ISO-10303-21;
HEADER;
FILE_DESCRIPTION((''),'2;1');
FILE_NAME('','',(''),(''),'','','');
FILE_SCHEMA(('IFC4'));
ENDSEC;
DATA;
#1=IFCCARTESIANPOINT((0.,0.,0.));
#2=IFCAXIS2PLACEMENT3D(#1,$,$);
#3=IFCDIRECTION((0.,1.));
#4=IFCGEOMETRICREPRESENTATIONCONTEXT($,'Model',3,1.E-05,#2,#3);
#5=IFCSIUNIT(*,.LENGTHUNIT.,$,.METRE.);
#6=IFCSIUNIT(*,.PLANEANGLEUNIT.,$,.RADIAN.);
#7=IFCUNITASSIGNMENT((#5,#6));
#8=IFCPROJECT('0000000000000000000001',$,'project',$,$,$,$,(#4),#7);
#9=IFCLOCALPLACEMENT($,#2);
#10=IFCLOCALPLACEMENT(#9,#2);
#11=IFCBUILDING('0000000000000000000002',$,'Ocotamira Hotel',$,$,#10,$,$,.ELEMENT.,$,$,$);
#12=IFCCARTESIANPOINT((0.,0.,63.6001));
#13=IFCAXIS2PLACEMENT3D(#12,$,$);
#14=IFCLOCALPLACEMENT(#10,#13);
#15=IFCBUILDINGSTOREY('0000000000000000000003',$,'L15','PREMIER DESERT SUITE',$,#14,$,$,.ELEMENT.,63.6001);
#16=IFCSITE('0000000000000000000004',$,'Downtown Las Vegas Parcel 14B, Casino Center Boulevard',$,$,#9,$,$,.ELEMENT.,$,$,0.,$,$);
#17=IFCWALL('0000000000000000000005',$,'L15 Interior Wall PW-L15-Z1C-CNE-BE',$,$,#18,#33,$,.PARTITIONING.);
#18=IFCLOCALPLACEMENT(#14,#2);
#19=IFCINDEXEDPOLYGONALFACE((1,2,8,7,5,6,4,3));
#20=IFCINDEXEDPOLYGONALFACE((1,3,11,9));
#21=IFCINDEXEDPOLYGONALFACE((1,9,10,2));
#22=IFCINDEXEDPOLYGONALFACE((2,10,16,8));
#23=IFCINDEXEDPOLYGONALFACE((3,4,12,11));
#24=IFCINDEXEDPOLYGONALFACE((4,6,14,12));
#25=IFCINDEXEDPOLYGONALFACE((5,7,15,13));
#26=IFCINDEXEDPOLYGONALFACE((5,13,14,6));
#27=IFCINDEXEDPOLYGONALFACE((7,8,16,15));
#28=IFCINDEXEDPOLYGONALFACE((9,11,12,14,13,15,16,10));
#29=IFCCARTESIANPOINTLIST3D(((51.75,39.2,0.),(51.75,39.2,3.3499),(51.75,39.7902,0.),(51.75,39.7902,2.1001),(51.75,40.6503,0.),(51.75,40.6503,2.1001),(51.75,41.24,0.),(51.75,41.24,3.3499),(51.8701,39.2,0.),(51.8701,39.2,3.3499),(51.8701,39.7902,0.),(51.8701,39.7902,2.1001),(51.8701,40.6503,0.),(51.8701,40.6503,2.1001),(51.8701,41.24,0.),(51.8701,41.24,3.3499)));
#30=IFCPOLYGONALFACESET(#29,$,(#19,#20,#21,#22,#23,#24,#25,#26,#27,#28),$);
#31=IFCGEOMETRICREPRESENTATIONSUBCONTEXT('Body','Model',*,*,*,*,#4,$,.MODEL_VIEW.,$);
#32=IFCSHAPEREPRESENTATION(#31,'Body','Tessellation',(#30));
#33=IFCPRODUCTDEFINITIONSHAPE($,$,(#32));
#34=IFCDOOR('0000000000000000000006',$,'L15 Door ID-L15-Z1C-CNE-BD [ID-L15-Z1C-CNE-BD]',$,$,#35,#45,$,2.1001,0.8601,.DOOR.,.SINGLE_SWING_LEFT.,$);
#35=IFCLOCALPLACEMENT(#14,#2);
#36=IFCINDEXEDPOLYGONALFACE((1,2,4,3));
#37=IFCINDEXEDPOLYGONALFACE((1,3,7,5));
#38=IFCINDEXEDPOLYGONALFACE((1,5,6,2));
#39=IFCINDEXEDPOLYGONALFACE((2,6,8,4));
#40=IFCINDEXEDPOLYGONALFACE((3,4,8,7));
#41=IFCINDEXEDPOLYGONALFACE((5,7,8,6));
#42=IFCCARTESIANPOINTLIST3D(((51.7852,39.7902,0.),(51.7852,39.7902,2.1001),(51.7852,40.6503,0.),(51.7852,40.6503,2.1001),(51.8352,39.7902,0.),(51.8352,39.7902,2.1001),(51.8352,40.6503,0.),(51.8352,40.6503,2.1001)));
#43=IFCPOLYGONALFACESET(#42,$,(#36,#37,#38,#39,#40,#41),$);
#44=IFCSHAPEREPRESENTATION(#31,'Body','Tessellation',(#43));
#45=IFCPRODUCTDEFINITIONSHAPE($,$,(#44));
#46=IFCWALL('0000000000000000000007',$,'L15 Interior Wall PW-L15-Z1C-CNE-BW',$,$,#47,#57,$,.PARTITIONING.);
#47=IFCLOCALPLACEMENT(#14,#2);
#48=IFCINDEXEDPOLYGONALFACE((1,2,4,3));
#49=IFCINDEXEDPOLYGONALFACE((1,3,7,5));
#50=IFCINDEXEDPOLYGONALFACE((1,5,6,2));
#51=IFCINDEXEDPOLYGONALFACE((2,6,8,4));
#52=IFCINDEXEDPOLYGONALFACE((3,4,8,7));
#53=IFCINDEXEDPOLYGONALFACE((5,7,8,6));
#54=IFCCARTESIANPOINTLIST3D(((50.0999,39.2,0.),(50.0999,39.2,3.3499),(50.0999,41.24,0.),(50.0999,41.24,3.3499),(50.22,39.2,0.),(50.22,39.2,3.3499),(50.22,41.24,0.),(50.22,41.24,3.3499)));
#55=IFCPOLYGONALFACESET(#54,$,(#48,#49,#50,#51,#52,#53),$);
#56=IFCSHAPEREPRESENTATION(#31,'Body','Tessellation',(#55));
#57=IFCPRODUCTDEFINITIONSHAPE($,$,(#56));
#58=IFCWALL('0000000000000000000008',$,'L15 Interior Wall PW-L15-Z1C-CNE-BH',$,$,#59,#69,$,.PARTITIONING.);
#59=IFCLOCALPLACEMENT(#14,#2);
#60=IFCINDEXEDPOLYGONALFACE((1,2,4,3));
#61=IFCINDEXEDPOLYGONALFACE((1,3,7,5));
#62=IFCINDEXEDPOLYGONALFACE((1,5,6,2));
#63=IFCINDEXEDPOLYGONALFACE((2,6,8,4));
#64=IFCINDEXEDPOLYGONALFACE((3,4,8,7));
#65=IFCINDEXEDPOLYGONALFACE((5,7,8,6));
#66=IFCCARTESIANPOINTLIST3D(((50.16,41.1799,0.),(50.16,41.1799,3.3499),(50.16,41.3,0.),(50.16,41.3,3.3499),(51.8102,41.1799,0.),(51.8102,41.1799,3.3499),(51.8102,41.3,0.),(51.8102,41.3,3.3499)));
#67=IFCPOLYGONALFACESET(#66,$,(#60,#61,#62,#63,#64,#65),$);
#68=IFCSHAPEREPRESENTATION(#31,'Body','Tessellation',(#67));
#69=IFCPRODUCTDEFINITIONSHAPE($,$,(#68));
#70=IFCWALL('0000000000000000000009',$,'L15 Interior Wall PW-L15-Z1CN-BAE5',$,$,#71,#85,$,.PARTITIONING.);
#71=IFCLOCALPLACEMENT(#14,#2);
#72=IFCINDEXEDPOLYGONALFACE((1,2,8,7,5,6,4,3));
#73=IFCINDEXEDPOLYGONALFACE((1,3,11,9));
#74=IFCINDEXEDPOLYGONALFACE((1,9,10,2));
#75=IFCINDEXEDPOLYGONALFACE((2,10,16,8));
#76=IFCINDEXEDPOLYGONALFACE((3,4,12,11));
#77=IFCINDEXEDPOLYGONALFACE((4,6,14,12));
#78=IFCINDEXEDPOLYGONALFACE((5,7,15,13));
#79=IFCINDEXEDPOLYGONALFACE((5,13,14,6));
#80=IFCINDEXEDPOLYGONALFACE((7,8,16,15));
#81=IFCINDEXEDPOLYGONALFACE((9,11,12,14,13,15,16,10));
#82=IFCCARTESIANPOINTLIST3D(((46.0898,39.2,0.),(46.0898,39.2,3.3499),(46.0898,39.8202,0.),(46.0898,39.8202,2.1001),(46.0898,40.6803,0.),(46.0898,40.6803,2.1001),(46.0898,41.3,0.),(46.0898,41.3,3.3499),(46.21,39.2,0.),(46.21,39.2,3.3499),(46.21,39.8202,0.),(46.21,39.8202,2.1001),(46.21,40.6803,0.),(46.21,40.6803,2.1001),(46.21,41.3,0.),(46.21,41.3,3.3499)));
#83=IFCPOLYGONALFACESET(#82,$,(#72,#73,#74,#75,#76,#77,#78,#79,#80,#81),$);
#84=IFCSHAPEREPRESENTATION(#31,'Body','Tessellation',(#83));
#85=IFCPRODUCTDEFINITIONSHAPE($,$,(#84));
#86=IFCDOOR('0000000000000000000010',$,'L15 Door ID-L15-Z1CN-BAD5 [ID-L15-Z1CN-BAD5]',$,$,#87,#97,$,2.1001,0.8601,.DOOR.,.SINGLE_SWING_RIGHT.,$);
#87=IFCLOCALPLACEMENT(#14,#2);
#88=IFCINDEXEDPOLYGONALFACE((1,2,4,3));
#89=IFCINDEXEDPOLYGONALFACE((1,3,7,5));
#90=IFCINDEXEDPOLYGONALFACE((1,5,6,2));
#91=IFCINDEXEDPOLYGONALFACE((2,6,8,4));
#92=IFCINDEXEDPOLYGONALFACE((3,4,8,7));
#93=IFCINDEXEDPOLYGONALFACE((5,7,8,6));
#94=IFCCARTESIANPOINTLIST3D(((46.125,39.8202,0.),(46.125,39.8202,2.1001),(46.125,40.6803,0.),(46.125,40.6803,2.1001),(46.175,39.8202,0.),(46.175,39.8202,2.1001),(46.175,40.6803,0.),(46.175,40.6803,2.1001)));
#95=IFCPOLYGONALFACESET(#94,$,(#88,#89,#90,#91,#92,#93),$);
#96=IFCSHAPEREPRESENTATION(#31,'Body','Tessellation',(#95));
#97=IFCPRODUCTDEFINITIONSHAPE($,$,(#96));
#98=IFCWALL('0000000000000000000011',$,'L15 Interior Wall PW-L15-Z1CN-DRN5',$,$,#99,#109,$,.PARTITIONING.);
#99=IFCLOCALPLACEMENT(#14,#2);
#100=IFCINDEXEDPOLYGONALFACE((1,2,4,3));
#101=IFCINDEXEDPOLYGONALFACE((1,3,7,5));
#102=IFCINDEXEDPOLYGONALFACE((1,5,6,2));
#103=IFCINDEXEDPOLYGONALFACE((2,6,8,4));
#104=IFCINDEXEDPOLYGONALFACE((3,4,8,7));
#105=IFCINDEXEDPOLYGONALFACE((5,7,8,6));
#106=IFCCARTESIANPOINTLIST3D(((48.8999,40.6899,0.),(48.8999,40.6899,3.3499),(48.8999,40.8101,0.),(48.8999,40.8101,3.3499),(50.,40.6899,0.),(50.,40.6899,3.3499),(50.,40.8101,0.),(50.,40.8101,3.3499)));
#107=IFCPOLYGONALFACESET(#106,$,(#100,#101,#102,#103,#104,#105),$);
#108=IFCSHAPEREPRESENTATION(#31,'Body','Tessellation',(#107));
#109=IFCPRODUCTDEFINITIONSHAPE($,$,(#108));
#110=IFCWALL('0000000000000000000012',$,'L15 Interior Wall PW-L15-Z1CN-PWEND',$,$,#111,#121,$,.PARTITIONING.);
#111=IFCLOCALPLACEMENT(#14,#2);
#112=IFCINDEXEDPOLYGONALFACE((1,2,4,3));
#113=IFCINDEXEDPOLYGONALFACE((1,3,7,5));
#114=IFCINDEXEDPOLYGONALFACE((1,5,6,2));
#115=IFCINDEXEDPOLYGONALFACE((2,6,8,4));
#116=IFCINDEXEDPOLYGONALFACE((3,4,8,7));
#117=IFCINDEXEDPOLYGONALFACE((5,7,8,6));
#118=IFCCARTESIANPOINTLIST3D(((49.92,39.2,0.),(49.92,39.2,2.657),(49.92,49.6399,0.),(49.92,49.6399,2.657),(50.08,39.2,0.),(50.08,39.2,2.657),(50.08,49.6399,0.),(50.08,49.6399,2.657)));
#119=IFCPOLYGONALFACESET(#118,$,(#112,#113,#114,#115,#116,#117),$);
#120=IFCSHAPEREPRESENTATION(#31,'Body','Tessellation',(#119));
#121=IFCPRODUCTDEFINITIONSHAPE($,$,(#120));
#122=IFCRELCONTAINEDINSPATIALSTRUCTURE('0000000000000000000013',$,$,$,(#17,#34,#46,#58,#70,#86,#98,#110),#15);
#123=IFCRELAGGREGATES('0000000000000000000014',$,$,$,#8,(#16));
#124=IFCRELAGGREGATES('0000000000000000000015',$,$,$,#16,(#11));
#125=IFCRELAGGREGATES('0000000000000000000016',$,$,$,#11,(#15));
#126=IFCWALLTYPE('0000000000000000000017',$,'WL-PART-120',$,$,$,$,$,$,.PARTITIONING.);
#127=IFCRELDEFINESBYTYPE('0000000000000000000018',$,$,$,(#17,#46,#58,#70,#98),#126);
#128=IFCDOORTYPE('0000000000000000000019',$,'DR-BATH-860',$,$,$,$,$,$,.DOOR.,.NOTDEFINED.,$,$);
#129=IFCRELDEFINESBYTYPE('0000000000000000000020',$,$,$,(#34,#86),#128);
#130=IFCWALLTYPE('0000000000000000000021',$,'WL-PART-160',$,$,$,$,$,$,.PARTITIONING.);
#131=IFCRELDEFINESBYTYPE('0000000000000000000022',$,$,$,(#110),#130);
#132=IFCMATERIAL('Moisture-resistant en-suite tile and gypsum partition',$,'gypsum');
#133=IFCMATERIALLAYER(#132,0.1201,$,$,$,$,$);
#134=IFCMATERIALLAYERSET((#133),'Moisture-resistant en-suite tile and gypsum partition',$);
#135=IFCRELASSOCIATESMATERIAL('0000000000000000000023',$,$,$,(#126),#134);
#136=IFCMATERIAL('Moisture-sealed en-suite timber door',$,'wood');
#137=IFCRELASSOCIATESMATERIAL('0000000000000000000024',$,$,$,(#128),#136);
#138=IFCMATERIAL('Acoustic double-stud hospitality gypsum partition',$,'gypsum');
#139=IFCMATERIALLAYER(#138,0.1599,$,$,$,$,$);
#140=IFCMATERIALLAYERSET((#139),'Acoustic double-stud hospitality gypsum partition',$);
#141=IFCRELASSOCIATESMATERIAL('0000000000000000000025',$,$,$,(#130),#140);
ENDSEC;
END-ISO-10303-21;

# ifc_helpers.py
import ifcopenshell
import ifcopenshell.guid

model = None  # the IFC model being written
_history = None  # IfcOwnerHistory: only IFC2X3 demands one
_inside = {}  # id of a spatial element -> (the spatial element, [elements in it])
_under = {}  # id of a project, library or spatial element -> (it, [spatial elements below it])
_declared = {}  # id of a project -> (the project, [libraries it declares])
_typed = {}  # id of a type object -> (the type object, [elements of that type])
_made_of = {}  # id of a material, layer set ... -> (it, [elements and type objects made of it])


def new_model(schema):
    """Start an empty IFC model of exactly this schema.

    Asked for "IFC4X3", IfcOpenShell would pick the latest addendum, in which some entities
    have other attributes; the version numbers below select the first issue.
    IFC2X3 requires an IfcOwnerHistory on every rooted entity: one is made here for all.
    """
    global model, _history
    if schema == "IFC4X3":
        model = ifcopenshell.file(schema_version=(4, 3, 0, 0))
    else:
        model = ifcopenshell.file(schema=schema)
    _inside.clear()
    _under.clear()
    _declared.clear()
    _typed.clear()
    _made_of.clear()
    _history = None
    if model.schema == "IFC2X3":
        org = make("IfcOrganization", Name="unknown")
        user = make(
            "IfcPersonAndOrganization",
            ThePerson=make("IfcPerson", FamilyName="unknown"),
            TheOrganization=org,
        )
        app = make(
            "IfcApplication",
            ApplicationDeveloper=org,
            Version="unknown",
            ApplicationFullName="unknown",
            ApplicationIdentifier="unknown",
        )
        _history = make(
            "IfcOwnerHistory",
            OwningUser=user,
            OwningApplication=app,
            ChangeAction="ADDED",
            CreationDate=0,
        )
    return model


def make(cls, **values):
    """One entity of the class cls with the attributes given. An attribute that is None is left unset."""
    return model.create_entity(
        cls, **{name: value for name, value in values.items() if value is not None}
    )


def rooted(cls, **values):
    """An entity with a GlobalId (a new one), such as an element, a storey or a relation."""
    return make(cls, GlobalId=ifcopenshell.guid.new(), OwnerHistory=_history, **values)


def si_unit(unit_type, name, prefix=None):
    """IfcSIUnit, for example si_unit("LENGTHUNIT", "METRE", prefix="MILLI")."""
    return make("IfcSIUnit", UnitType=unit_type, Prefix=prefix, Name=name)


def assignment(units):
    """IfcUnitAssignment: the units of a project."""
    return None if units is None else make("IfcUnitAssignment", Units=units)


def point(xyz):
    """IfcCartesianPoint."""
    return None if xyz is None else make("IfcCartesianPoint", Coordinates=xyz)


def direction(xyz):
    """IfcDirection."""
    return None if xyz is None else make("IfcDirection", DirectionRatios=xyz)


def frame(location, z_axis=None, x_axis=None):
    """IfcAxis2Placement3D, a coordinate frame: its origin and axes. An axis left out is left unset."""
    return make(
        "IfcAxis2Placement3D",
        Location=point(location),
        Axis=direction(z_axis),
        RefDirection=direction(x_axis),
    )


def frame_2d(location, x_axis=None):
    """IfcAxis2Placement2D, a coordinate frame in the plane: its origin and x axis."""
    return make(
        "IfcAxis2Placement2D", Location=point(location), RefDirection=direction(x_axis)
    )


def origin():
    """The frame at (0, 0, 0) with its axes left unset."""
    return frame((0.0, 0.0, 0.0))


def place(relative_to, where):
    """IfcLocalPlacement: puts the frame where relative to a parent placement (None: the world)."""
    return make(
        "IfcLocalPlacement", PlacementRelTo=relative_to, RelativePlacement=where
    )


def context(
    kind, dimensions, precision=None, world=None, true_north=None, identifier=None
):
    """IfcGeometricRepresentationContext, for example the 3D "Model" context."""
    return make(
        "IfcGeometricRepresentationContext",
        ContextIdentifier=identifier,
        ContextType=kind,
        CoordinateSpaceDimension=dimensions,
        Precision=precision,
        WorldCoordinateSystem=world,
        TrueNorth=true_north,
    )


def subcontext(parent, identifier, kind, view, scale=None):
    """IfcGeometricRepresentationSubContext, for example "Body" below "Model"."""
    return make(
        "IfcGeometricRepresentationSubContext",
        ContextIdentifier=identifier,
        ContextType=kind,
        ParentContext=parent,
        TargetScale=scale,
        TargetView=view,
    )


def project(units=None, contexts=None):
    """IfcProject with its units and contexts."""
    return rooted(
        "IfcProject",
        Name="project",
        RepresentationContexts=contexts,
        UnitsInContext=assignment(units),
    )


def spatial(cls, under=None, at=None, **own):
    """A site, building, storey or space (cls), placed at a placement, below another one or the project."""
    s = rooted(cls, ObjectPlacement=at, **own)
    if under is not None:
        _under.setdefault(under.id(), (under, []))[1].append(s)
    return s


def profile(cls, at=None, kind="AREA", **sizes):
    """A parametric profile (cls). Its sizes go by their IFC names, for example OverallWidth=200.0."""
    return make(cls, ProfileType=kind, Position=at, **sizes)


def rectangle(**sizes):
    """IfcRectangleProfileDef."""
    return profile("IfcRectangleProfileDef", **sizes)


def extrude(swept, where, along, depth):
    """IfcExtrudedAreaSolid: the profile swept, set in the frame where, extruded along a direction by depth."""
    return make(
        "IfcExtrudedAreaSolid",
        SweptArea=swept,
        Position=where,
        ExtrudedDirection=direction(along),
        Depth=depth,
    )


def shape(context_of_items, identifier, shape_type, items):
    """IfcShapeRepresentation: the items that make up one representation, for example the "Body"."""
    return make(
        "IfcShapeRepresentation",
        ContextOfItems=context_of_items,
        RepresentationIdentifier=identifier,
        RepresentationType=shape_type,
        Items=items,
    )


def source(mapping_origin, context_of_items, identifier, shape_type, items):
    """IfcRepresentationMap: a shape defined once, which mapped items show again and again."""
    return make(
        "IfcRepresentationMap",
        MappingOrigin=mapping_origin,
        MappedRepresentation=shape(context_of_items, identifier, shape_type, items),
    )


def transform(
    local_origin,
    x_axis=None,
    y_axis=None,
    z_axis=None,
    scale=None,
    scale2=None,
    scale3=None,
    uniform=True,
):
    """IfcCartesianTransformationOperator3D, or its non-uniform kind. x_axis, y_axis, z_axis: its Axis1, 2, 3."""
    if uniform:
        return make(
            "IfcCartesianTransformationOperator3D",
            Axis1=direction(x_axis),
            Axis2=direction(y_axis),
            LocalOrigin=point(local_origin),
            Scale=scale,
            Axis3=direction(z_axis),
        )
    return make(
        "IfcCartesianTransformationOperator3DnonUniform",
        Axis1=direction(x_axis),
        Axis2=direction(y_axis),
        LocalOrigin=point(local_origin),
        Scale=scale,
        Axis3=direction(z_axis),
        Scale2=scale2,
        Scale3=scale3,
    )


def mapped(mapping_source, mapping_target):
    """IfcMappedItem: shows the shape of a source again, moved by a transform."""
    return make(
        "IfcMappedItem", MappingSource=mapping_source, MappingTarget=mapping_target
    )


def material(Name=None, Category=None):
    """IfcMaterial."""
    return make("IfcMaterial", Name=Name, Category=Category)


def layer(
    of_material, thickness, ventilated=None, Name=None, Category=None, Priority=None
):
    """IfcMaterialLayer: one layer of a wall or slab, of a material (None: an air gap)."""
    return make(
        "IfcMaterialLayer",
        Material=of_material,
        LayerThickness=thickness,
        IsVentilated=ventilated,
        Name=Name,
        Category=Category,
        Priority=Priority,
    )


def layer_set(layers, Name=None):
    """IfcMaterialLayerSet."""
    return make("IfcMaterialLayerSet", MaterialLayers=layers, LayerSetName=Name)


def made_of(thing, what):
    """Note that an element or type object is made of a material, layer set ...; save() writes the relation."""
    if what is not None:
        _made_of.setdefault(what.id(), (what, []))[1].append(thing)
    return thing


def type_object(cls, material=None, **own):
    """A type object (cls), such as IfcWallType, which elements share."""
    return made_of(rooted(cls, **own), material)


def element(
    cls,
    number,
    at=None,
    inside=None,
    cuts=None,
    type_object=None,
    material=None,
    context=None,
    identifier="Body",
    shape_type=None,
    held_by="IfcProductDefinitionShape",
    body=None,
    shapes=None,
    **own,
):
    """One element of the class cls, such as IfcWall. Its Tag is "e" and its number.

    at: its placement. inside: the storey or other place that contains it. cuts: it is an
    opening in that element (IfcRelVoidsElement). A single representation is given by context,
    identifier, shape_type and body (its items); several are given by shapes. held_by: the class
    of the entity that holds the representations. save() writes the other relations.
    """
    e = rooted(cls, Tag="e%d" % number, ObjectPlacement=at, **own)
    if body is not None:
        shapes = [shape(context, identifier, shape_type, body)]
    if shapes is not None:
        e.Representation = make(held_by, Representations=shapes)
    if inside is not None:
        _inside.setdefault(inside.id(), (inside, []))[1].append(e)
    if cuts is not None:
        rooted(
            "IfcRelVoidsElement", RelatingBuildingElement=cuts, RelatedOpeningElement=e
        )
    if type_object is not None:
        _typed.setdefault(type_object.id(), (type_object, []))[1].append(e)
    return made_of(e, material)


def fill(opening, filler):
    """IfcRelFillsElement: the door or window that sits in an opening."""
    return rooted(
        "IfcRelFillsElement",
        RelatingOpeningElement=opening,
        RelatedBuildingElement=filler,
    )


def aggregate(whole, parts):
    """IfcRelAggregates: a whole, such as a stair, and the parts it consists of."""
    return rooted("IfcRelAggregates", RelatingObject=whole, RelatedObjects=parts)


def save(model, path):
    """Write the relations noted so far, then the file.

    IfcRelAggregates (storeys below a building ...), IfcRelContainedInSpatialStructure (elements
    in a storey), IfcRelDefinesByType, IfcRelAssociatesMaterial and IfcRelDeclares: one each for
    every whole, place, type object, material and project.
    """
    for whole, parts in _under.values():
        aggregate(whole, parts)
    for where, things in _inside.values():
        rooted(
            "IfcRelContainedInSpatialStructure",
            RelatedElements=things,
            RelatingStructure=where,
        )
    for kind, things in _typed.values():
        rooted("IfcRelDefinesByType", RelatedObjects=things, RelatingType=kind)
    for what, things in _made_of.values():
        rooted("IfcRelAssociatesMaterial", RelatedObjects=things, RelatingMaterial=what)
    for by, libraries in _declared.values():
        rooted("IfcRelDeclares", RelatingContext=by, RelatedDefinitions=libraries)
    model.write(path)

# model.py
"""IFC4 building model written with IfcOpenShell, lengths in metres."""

from ifc_helpers import new_model, si_unit, direction, frame, frame_2d, origin, place, context, subcontext, project, spatial, rectangle, extrude, source, transform, mapped, material, layer, layer_set, type_object, element, fill, save


model = new_model("IFC4")

# Units and contexts
model_context = context("Model", 3, precision=1e-05, world=origin(), true_north=direction((0.0, 1.0)))
body_context = subcontext(model_context, "Body", "Model", "MODEL_VIEW")
ifc_project = project(units=[si_unit("LENGTHUNIT", "METRE"), si_unit("PLANEANGLEUNIT", "RADIAN")], contexts=[model_context])

# Site, building, storey
site_placement = place(None, origin())
site = spatial("IfcSite", under=ifc_project, at=site_placement, Name="Downtown Las Vegas Parcel 14B, Casino Center Boulevard", CompositionType="ELEMENT", RefElevation=0.0)
building_placement = place(site_placement, origin())
building = spatial("IfcBuilding", under=site, at=building_placement, Name="Ocotamira Hotel", CompositionType="ELEMENT")
storey_placement = place(building_placement, frame((0.0, 0.0, 63.6001)))
storey = spatial("IfcBuildingStorey", under=building, at=storey_placement, Name="L15", Description="PREMIER DESERT SUITE", CompositionType="ELEMENT", Elevation=63.6001)

# Wall, opening, door
ifc_material_1 = material(Name="Moisture-resistant en-suite tile and gypsum partition", Category="gypsum")
ifc_layer_1 = layer(ifc_material_1, 0.1201)
ifc_layer_set_1 = layer_set([ifc_layer_1], Name="Moisture-resistant en-suite tile and gypsum partition")
wall_type_1 = type_object("IfcWallType", Name="WL-PART-120", PredefinedType="PARTITIONING", material=ifc_layer_set_1)
wall_1_placement = place(storey_placement, frame((51.8101, 39.2, 0.0), z_axis=(0.0, 0.0, 1.0), x_axis=(0.0, 1.0, 0.0)))
wall_1 = element("IfcWall", 1, at=wall_1_placement, inside=storey, type_object=wall_type_1, Name="L15 Interior Wall PW-L15-Z1C-CNE-BE", PredefinedType="PARTITIONING", context=body_context, shape_type="SweptSolid", body=[
    extrude(rectangle(XDim=2.04, YDim=0.1201, at=frame_2d((1.02, 0.0))), origin(), (0.0, 0.0, 1.0), 3.3499),
])
opening_1_placement = place(wall_1_placement, frame((0.5901, 0.0, 0.0)))
opening_1 = element("IfcOpeningElement", 2, at=opening_1_placement, cuts=wall_1, PredefinedType="OPENING", context=body_context, shape_type="SweptSolid", body=[
    extrude(rectangle(XDim=0.8601, YDim=2.1001, at=frame_2d((0.4302, 1.05))), frame((0.0, 0.0701, 0.0), z_axis=(0.0, -1.0, 0.0), x_axis=(1.0, 0.0, 0.0)), (0.0, 0.0, 1.0), 0.1401),
])
ifc_material_2 = material(Name="Moisture-sealed en-suite timber door", Category="wood")
door_type_1 = type_object("IfcDoorType", Name="DR-BATH-860", OperationType="NOTDEFINED", PredefinedType="DOOR", material=ifc_material_2)
shared_shape_1 = source(origin(), body_context, "Body", "SweptSolid", [
    extrude(rectangle(XDim=0.8601, YDim=2.1001, at=frame_2d((0.4302, 1.05))), frame((0.0, 0.0249, 0.0), z_axis=(0.0, -1.0, 0.0), x_axis=(1.0, 0.0, 0.0)), (0.0, 0.0, 1.0), 0.05),
])
door_1_placement = place(opening_1_placement, origin())
door_1 = element("IfcDoor", 3, at=door_1_placement, inside=storey, type_object=door_type_1, Name="L15 Door ID-L15-Z1C-CNE-BD [ID-L15-Z1C-CNE-BD]", OperationType="SINGLE_SWING_LEFT", OverallHeight=2.1001, OverallWidth=0.8601, PredefinedType="DOOR", context=body_context, shape_type="MappedRepresentation", body=[
    mapped(shared_shape_1, transform((0.0, 0.0, 0.0), scale=1.0)),
])
fill(opening_1, door_1)

# Walls
wall_2_placement = place(storey_placement, frame((50.1599, 39.2, 0.0), z_axis=(0.0, 0.0, 1.0), x_axis=(0.0, 1.0, 0.0)))
element("IfcWall", 4, at=wall_2_placement, inside=storey, type_object=wall_type_1, Name="L15 Interior Wall PW-L15-Z1C-CNE-BW", PredefinedType="PARTITIONING", context=body_context, shape_type="SweptSolid", body=[
    extrude(rectangle(XDim=2.04, YDim=0.1201, at=frame_2d((1.02, 0.0))), origin(), (0.0, 0.0, 1.0), 3.3499),
])
wall_3_placement = place(storey_placement, frame((50.1599, 41.24, 0.0), z_axis=(0.0, 0.0, 1.0), x_axis=(1.0, 0.0, 0.0)))
element("IfcWall", 5, at=wall_3_placement, inside=storey, type_object=wall_type_1, Name="L15 Interior Wall PW-L15-Z1C-CNE-BH", PredefinedType="PARTITIONING", context=body_context, shape_type="SweptSolid", body=[
    extrude(rectangle(XDim=1.6501, YDim=0.1201, at=frame_2d((0.8252, 0.0))), origin(), (0.0, 0.0, 1.0), 3.3499),
])

# Wall, opening, door
wall_4_placement = place(storey_placement, frame((46.1499, 39.2, 0.0), z_axis=(0.0, 0.0, 1.0), x_axis=(0.0, 1.0, 0.0)))
wall_4 = element("IfcWall", 6, at=wall_4_placement, inside=storey, type_object=wall_type_1, Name="L15 Interior Wall PW-L15-Z1CN-BAE5", PredefinedType="PARTITIONING", context=body_context, shape_type="SweptSolid", body=[
    extrude(rectangle(XDim=2.1001, YDim=0.1201, at=frame_2d((1.05, 0.0))), origin(), (0.0, 0.0, 1.0), 3.3499),
])
opening_2_placement = place(wall_4_placement, frame((0.6201, 0.0, 0.0)))
opening_2 = element("IfcOpeningElement", 7, at=opening_2_placement, cuts=wall_4, PredefinedType="OPENING", context=body_context, shape_type="SweptSolid", body=[
    extrude(rectangle(XDim=0.8601, YDim=2.1001, at=frame_2d((0.4302, 1.05))), frame((0.0, 0.0701, 0.0), z_axis=(0.0, -1.0, 0.0), x_axis=(1.0, 0.0, 0.0)), (0.0, 0.0, 1.0), 0.1401),
])
door_2_placement = place(opening_2_placement, origin())
door_2 = element("IfcDoor", 8, at=door_2_placement, inside=storey, type_object=door_type_1, Name="L15 Door ID-L15-Z1CN-BAD5 [ID-L15-Z1CN-BAD5]", OperationType="SINGLE_SWING_RIGHT", OverallHeight=2.1001, OverallWidth=0.8601, PredefinedType="DOOR", context=body_context, shape_type="MappedRepresentation", body=[
    mapped(shared_shape_1, transform((0.0, 0.0, 0.0), scale=1.0)),
])
fill(opening_2, door_2)

# Walls
wall_5_placement = place(storey_placement, frame((48.8999, 40.75, 0.0), z_axis=(0.0, 0.0, 1.0), x_axis=(1.0, 0.0, 0.0)))
element("IfcWall", 9, at=wall_5_placement, inside=storey, type_object=wall_type_1, Name="L15 Interior Wall PW-L15-Z1CN-DRN5", PredefinedType="PARTITIONING", context=body_context, shape_type="SweptSolid", body=[
    extrude(rectangle(XDim=1.1001, YDim=0.1201, at=frame_2d((0.55, 0.0))), origin(), (0.0, 0.0, 1.0), 3.3499),
])
ifc_material_3 = material(Name="Acoustic double-stud hospitality gypsum partition", Category="gypsum")
ifc_layer_2 = layer(ifc_material_3, 0.1599)
ifc_layer_set_2 = layer_set([ifc_layer_2], Name="Acoustic double-stud hospitality gypsum partition")
wall_type_2 = type_object("IfcWallType", Name="WL-PART-160", PredefinedType="PARTITIONING", material=ifc_layer_set_2)
wall_6_placement = place(storey_placement, frame((50.0, 39.2, 0.0), z_axis=(0.0, 0.0, 1.0), x_axis=(0.0, 1.0, 0.0)))
element("IfcWall", 10, at=wall_6_placement, inside=storey, type_object=wall_type_2, Name="L15 Interior Wall PW-L15-Z1CN-PWEND", PredefinedType="PARTITIONING", context=body_context, shape_type="SweptSolid", body=[
    extrude(rectangle(XDim=10.4399, YDim=0.1599, at=frame_2d((5.22, 0.0))), origin(), (0.0, 0.0, 1.0), 2.657),
])

save(model, "model.ifc")
